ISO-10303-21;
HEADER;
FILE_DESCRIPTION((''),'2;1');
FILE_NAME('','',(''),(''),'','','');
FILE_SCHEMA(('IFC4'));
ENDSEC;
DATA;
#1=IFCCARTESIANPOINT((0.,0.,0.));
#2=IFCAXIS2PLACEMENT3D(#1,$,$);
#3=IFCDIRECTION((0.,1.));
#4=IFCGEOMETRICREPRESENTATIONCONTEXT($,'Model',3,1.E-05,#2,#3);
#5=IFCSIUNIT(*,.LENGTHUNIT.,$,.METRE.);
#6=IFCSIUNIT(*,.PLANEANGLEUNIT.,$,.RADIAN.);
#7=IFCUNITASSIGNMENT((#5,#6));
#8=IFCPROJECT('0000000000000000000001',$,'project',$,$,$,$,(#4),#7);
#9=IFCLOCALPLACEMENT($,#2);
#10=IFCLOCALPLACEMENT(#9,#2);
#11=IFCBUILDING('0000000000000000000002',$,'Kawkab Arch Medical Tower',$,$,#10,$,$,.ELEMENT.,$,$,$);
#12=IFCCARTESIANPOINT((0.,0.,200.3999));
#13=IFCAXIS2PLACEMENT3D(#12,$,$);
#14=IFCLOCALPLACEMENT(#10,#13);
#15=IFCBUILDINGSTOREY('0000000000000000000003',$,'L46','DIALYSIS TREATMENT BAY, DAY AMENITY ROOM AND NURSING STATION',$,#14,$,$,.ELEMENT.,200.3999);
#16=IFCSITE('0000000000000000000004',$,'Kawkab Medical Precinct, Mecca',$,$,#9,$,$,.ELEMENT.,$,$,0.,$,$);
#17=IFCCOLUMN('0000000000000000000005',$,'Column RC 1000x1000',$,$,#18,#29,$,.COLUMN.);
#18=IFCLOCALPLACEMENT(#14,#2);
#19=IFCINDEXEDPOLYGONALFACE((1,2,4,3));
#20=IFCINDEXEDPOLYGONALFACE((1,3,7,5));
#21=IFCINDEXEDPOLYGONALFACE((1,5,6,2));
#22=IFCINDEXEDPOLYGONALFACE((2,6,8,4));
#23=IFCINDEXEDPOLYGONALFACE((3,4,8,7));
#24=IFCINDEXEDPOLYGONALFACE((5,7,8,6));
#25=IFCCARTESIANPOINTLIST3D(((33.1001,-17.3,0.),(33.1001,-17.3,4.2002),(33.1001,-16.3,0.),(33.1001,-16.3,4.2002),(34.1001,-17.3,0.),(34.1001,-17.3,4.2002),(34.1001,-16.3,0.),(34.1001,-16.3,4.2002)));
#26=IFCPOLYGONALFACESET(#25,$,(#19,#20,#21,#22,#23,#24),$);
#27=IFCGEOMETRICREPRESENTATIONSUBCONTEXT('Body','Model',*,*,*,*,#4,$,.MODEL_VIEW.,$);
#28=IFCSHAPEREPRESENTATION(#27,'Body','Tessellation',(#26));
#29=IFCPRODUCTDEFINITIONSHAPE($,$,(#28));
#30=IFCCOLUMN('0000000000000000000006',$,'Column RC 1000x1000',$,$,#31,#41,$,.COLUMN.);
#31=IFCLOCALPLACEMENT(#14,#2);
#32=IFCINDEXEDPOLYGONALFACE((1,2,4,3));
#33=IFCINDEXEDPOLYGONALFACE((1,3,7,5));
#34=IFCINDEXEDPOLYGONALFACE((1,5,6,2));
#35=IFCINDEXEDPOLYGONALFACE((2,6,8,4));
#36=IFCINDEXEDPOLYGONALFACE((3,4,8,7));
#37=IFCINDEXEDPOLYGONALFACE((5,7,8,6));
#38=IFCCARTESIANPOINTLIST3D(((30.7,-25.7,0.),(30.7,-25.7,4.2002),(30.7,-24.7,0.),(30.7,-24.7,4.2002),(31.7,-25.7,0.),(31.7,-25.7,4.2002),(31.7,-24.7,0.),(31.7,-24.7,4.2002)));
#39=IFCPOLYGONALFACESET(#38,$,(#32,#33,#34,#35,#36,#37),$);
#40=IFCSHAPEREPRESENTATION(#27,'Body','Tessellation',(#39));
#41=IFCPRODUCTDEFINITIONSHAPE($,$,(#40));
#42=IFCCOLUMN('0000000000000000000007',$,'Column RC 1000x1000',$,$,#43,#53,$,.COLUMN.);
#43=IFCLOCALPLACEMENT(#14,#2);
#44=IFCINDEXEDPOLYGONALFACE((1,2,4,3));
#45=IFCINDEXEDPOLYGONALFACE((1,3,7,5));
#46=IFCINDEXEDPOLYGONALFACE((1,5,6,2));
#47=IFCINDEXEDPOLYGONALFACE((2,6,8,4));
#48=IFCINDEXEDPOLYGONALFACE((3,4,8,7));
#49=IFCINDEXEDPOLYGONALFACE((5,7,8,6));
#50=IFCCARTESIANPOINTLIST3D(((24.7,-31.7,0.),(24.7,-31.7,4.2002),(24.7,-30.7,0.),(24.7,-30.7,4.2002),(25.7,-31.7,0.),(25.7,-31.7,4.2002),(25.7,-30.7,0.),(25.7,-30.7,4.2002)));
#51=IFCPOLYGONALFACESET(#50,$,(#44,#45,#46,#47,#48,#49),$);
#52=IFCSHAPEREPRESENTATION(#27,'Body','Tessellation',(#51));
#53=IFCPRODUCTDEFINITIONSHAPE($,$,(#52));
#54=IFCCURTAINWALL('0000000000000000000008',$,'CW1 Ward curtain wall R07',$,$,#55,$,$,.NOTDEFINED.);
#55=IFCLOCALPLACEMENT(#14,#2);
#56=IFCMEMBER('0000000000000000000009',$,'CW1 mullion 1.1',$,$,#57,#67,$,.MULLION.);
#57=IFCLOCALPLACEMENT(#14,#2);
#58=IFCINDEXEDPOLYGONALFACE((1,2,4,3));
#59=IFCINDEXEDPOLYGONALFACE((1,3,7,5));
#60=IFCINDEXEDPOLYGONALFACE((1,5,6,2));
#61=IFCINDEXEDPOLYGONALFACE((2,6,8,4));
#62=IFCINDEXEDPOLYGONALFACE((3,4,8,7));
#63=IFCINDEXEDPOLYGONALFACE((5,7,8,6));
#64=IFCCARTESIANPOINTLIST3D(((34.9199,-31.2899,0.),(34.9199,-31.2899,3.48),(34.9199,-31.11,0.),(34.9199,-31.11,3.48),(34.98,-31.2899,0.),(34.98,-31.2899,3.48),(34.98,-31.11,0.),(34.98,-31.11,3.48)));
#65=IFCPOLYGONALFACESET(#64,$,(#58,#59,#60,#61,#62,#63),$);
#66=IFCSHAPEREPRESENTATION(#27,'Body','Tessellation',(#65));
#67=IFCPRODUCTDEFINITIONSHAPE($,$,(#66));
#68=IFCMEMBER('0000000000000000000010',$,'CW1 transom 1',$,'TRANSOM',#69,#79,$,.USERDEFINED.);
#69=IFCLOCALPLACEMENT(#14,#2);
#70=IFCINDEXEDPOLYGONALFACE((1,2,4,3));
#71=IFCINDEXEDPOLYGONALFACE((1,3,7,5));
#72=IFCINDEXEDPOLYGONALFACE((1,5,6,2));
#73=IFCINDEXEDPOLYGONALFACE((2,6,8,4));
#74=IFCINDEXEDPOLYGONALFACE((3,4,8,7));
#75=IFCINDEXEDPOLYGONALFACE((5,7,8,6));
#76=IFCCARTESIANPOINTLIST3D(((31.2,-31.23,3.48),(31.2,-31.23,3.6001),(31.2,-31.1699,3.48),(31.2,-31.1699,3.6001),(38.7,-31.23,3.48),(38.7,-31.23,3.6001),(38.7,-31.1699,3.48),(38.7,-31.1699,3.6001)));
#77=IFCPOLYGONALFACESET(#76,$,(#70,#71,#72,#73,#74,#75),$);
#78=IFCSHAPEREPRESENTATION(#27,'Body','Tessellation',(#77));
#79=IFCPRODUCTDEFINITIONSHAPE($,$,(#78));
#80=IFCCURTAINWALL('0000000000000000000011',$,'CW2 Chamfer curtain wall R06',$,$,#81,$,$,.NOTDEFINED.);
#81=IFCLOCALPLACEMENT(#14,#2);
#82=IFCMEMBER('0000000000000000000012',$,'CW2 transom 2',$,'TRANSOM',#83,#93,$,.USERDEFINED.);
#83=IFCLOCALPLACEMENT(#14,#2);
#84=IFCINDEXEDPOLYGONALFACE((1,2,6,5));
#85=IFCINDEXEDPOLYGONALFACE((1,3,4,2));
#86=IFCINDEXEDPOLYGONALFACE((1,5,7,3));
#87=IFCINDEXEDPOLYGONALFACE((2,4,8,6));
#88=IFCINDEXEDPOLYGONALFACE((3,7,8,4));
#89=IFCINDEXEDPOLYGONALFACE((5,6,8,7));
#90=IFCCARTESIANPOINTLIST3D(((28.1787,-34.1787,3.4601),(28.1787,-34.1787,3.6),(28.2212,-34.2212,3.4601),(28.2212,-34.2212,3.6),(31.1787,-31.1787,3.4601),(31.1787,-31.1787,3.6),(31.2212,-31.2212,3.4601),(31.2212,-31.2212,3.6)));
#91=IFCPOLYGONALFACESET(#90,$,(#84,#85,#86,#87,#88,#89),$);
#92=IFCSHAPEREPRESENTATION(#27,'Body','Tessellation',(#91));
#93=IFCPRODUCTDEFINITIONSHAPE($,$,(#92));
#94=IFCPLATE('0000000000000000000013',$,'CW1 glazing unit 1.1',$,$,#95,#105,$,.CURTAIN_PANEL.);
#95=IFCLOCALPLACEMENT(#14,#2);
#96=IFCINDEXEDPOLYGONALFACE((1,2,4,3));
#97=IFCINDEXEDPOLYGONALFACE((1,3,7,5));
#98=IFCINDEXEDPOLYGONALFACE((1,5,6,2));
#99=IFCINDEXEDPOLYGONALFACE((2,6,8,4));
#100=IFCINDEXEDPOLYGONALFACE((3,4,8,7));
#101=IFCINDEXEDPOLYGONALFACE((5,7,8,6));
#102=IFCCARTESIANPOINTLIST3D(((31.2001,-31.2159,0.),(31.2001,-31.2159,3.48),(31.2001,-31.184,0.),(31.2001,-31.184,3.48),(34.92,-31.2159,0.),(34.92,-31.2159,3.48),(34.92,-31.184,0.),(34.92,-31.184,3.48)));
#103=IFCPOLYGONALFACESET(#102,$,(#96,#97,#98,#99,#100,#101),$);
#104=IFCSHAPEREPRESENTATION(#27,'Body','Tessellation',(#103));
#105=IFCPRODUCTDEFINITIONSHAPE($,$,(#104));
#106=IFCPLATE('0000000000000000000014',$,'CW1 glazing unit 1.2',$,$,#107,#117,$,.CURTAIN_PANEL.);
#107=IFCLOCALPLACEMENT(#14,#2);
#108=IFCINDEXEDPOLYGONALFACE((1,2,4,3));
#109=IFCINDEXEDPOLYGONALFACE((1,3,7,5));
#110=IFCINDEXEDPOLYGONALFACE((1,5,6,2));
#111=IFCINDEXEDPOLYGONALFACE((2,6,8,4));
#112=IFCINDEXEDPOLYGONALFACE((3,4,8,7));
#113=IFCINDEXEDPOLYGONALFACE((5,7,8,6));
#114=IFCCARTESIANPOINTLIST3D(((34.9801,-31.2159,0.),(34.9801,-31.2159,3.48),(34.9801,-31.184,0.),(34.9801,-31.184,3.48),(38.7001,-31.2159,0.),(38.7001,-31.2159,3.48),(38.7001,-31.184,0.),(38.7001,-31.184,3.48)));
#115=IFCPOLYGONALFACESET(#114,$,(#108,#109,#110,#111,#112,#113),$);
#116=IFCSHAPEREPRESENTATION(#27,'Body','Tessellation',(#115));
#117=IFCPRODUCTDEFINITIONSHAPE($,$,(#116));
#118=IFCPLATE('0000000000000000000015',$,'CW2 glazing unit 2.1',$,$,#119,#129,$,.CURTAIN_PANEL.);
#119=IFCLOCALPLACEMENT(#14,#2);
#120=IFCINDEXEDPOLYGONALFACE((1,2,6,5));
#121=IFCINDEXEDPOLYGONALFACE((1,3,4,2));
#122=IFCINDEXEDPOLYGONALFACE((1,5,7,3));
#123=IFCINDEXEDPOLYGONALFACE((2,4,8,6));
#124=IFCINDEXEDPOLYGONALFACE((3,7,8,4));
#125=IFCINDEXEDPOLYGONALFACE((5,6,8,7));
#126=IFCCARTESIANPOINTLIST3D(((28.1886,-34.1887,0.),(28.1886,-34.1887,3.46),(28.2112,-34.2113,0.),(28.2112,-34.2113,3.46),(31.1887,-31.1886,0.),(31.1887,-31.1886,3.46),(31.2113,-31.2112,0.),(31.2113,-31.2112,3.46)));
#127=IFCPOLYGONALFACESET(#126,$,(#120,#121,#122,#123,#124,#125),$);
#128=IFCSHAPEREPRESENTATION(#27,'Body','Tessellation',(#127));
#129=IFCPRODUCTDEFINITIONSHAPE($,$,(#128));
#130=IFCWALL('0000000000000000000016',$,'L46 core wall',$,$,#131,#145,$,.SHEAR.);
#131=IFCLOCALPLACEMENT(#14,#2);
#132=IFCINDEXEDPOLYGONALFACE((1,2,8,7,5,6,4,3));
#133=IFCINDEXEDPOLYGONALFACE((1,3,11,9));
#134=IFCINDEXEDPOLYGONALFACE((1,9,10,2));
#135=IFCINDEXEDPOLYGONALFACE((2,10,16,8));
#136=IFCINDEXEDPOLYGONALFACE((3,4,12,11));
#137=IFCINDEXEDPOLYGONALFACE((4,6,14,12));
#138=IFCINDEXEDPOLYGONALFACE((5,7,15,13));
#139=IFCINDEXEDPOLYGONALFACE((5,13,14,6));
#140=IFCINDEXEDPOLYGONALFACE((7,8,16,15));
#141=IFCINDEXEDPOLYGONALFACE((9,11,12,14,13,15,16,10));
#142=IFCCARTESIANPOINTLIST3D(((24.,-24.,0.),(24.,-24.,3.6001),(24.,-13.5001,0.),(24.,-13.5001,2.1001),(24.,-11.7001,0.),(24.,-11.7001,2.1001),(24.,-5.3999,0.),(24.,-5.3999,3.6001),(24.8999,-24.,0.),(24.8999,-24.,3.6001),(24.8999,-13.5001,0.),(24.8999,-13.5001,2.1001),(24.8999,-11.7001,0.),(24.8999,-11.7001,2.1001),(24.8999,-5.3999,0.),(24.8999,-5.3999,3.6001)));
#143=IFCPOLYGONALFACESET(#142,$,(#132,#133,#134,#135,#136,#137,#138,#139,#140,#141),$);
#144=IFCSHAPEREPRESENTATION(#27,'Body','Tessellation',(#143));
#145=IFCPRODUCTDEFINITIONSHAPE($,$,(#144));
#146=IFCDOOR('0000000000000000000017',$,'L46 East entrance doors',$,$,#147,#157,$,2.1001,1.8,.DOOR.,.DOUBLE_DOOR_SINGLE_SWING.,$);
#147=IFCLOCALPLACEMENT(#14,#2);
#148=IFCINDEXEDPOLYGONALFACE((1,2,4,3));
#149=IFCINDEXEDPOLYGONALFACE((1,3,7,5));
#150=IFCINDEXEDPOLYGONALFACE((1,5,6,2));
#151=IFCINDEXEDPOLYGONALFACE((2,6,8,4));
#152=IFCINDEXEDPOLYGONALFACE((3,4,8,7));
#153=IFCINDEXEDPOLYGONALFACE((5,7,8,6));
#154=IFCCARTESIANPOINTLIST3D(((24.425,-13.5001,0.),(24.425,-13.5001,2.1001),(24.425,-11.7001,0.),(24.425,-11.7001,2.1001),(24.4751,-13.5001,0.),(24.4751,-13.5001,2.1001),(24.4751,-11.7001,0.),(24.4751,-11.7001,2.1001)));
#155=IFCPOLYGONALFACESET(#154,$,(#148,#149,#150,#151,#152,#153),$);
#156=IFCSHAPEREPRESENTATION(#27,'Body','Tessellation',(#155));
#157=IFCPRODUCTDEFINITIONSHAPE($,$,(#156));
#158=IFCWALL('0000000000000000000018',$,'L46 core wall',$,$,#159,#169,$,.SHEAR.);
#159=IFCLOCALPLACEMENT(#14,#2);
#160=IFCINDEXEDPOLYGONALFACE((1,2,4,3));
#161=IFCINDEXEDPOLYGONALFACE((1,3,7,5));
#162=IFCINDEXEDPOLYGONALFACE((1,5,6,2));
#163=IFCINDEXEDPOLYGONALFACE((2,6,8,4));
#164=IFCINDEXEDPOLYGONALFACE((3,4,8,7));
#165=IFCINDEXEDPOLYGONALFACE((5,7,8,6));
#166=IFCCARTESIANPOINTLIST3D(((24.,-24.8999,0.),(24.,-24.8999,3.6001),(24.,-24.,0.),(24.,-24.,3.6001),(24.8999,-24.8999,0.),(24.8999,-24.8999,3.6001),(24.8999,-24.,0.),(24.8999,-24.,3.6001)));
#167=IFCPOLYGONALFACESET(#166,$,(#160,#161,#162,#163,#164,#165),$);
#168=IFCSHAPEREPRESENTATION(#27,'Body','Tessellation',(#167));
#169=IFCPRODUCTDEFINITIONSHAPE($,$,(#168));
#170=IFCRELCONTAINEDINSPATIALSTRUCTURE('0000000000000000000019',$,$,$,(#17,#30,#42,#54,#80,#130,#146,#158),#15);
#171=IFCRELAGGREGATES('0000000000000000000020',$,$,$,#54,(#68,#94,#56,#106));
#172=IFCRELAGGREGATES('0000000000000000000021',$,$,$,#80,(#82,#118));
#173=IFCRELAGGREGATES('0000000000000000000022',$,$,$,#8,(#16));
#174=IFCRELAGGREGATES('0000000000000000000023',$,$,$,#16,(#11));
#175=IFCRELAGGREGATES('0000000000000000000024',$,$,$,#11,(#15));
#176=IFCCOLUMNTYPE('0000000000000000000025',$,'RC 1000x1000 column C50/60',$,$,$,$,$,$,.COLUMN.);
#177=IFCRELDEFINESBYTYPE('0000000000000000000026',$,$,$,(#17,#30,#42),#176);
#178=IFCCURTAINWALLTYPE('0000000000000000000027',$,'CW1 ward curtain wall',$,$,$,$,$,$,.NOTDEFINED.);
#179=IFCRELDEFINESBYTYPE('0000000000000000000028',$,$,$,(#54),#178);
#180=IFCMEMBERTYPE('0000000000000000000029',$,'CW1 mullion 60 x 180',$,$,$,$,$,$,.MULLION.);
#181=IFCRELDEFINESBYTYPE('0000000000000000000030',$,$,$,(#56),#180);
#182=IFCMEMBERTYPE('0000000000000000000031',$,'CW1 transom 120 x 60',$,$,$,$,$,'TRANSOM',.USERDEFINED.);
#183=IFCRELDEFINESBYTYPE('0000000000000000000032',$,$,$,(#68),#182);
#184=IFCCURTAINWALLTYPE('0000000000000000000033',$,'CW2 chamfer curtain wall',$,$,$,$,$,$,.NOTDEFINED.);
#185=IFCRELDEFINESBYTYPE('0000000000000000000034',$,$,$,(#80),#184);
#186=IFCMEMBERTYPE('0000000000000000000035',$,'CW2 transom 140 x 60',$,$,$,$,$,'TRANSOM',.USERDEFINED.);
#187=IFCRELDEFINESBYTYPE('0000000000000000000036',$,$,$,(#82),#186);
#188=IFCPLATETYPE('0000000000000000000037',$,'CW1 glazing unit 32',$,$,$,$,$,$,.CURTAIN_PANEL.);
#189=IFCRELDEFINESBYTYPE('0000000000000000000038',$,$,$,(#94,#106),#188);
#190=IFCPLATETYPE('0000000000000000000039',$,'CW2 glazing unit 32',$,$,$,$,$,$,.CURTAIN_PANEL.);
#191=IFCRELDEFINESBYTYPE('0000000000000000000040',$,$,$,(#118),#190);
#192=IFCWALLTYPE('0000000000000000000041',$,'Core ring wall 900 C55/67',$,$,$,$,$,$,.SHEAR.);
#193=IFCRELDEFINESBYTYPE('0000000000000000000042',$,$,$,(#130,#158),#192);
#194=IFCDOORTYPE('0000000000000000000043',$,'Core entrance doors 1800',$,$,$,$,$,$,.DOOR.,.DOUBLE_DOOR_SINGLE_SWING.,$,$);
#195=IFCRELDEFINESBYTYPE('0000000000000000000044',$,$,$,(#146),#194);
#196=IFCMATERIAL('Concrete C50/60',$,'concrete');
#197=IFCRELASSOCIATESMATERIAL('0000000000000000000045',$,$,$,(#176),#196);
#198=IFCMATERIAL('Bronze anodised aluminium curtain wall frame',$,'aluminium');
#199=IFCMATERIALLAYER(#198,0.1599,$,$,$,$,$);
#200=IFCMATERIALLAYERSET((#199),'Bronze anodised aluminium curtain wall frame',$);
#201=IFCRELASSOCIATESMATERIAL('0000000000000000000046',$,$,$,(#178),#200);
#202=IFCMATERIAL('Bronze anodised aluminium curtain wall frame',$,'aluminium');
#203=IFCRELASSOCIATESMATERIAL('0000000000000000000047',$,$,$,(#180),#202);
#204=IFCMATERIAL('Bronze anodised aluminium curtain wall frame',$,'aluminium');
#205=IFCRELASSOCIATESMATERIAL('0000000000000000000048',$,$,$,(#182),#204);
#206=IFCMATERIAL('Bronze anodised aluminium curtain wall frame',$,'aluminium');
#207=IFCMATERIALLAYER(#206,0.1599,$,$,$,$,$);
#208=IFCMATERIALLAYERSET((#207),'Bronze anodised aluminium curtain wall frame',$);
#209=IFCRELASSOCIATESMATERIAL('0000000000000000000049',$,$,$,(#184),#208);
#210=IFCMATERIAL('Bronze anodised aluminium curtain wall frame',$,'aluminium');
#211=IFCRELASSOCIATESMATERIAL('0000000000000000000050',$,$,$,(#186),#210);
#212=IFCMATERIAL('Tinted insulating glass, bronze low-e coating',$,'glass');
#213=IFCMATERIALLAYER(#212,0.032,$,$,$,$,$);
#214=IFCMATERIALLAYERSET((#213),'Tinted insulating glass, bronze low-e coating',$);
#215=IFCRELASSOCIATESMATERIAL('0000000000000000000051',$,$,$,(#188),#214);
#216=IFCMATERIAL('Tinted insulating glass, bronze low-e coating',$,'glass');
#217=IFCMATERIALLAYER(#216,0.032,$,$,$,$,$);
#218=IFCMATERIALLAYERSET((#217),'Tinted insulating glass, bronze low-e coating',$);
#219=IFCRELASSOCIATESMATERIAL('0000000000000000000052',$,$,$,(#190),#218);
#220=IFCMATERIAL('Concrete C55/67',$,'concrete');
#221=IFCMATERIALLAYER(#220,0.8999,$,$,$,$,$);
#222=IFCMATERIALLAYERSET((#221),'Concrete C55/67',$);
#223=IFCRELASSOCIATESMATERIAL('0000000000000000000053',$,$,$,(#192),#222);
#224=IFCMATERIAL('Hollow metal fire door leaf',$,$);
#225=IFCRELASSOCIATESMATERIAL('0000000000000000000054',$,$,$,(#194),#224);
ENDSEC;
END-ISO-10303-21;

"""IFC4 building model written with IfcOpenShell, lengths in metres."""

from ifc_helpers import new_model, si_unit, direction, frame, frame_2d, origin, origin_2d, place, context, subcontext, project, spatial, rectangle, extrude, material, layer, layer_set, material_profile, profile_set, type_object, element, fill, aggregate, save


model = new_model("IFC4")

# Units and contexts
model_context = context("Model", 3, precision=1e-05, world=origin(), true_north=direction((0.0, 1.0)))
body_context = subcontext(model_context, "Body", "Model", "MODEL_VIEW")
ifc_project = project(units=[si_unit("LENGTHUNIT", "METRE"), si_unit("PLANEANGLEUNIT", "RADIAN")], contexts=[model_context])

# Site, building, storey
site_placement = place(None, origin())
site = spatial("IfcSite", under=ifc_project, at=site_placement, Name="Kawkab Medical Precinct, Mecca", CompositionType="ELEMENT", RefElevation=0.0)
building_placement = place(site_placement, origin())
building = spatial("IfcBuilding", under=site, at=building_placement, Name="Kawkab Arch Medical Tower", CompositionType="ELEMENT")
storey_placement = place(building_placement, frame((0.0, 0.0, 200.3999)))
storey = spatial("IfcBuildingStorey", under=building, at=storey_placement, Name="L46", Description="DIALYSIS TREATMENT BAY, DAY AMENITY ROOM AND NURSING STATION", CompositionType="ELEMENT", Elevation=200.3999)

# Columns
ifc_material_1 = material(Name="Concrete C50/60", Category="concrete")
ifc_material_profile_1 = material_profile(ifc_material_1, rectangle(XDim=1.0, YDim=1.0, at=origin_2d()), Name="RC 1000x1000")
ifc_profile_set_1 = profile_set([ifc_material_profile_1], Name="Concrete C50/60")
column_type = type_object("IfcColumnType", Name="RC 1000x1000 column C50/60", PredefinedType="COLUMN", material=ifc_profile_set_1)
for number, where, z_axis, x_axis, name in (
    (1, (33.6001, -16.8, 0.0), (0.0, 0.0, 1.0), (1.0, 0.0, 0.0), "Column RC 1000x1000"),
    (2, (31.2, -25.2, 0.0), (0.0, 0.0, 1.0), (1.0, 0.0, 0.0), "Column RC 1000x1000"),
    (3, (25.2, -31.2, 0.0), (0.0, 0.0, 1.0), (1.0, 0.0, 0.0), "Column RC 1000x1000"),
):
    element("IfcColumn", number, at=place(storey_placement, frame(where, z_axis=z_axis, x_axis=x_axis)), inside=storey, type_object=column_type, Name=name, PredefinedType="COLUMN", context=body_context, shape_type="SweptSolid", body=[
        extrude(rectangle(XDim=1.0, YDim=1.0, at=origin_2d()), origin(), (0.0, 0.0, 1.0), 4.2002),
    ])

# Curtain wall, members
ifc_material_2 = material(Name="Bronze anodised aluminium curtain wall frame", Category="aluminium")
ifc_layer_1 = layer(ifc_material_2, 0.1599)
ifc_layer_set_1 = layer_set([ifc_layer_1], Name="Bronze anodised aluminium curtain wall frame")
curtain_wall_type_1 = type_object("IfcCurtainWallType", Name="CW1 ward curtain wall", PredefinedType="NOTDEFINED", material=ifc_layer_set_1)
placement = place(storey_placement, origin())
curtain_wall_1 = element("IfcCurtainWall", 4, at=placement, inside=storey, type_object=curtain_wall_type_1, Name="CW1 Ward curtain wall R07", PredefinedType="NOTDEFINED")
ifc_material_3 = material(Name="Bronze anodised aluminium curtain wall frame", Category="aluminium")
ifc_material_profile_2 = material_profile(ifc_material_3, rectangle(XDim=0.1799, YDim=0.0601, at=origin_2d()), Name="AL 60x180")
ifc_profile_set_2 = profile_set([ifc_material_profile_2], Name="Bronze anodised aluminium curtain wall frame")
member_type_1 = type_object("IfcMemberType", Name="CW1 mullion 60 x 180", PredefinedType="MULLION", material=ifc_profile_set_2)
member_1_placement = place(storey_placement, frame((34.95, -31.2, 0.0), z_axis=(0.0, 0.0, 1.0), x_axis=(0.0, 1.0, 0.0)))
member_1 = element("IfcMember", 5, at=member_1_placement, type_object=member_type_1, Name="CW1 mullion 1.1", PredefinedType="MULLION", context=body_context, shape_type="SweptSolid", body=[
    extrude(rectangle(XDim=0.1799, YDim=0.0601, at=origin_2d()), origin(), (0.0, 0.0, 1.0), 3.48),
])
ifc_material_4 = material(Name="Bronze anodised aluminium curtain wall frame", Category="aluminium")
ifc_material_profile_3 = material_profile(ifc_material_4, rectangle(XDim=0.0601, YDim=0.1201, at=origin_2d()), Name="AL 60x120")
ifc_profile_set_3 = profile_set([ifc_material_profile_3], Name="Bronze anodised aluminium curtain wall frame")
member_type_2 = type_object("IfcMemberType", Name="CW1 transom 120 x 60", ElementType="TRANSOM", PredefinedType="USERDEFINED", material=ifc_profile_set_3)
member_2_placement = place(storey_placement, frame((31.2, -31.2, 3.54), z_axis=(1.0, 0.0, 0.0), x_axis=(0.0, 1.0, 0.0)))
member_2 = element("IfcMember", 6, at=member_2_placement, type_object=member_type_2, Name="CW1 transom 1", ObjectType="TRANSOM", PredefinedType="USERDEFINED", context=body_context, shape_type="SweptSolid", body=[
    extrude(rectangle(XDim=0.0601, YDim=0.1201, at=origin_2d()), origin(), (0.0, 0.0, 1.0), 7.5),
])

# Curtain wall, member
ifc_material_5 = material(Name="Bronze anodised aluminium curtain wall frame", Category="aluminium")
ifc_layer_2 = layer(ifc_material_5, 0.1599)
ifc_layer_set_2 = layer_set([ifc_layer_2], Name="Bronze anodised aluminium curtain wall frame")
curtain_wall_type_2 = type_object("IfcCurtainWallType", Name="CW2 chamfer curtain wall", PredefinedType="NOTDEFINED", material=ifc_layer_set_2)
curtain_wall_2 = element("IfcCurtainWall", 7, at=placement, inside=storey, type_object=curtain_wall_type_2, Name="CW2 Chamfer curtain wall R06", PredefinedType="NOTDEFINED")
ifc_material_6 = material(Name="Bronze anodised aluminium curtain wall frame", Category="aluminium")
ifc_material_profile_4 = material_profile(ifc_material_6, rectangle(XDim=0.0601, YDim=0.1399, at=origin_2d()), Name="AL 60x140")
ifc_profile_set_4 = profile_set([ifc_material_profile_4], Name="Bronze anodised aluminium curtain wall frame")
member_type_3 = type_object("IfcMemberType", Name="CW2 transom 140 x 60", ElementType="TRANSOM", PredefinedType="USERDEFINED", material=ifc_profile_set_4)
member_3_placement = place(storey_placement, frame((28.2, -34.2, 3.53), z_axis=(0.707107, 0.707107, 0.0), x_axis=(-0.707107, 0.707107, 0.0)))
member_3 = element("IfcMember", 8, at=member_3_placement, type_object=member_type_3, Name="CW2 transom 2", ObjectType="TRANSOM", PredefinedType="USERDEFINED", context=body_context, shape_type="SweptSolid", body=[
    extrude(rectangle(XDim=0.0601, YDim=0.1399, at=origin_2d()), origin(), (0.0, 0.0, 1.0), 4.2427),
])

# Plates
ifc_material_7 = material(Name="Tinted insulating glass, bronze low-e coating", Category="glass")
ifc_layer_3 = layer(ifc_material_7, 0.032)
ifc_layer_set_3 = layer_set([ifc_layer_3], Name="Tinted insulating glass, bronze low-e coating")
plate_type_1 = type_object("IfcPlateType", Name="CW1 glazing unit 32", PredefinedType="CURTAIN_PANEL", material=ifc_layer_set_3)
plate_1_placement = place(storey_placement, frame((33.0601, -31.2, 0.0), z_axis=(0.0, 0.0, 1.0), x_axis=(1.0, 0.0, 0.0)))
plate_1 = element("IfcPlate", 9, at=plate_1_placement, type_object=plate_type_1, Name="CW1 glazing unit 1.1", PredefinedType="CURTAIN_PANEL", context=body_context, shape_type="SweptSolid", body=[
    extrude(rectangle(XDim=3.72, YDim=0.032, at=origin_2d()), origin(), (0.0, 0.0, 1.0), 3.48),
])
plate_2_placement = place(storey_placement, frame((36.8401, -31.2, 0.0), z_axis=(0.0, 0.0, 1.0), x_axis=(1.0, 0.0, 0.0)))
plate_2 = element("IfcPlate", 10, at=plate_2_placement, type_object=plate_type_1, Name="CW1 glazing unit 1.2", PredefinedType="CURTAIN_PANEL", context=body_context, shape_type="SweptSolid", body=[
    extrude(rectangle(XDim=3.72, YDim=0.032, at=origin_2d()), origin(), (0.0, 0.0, 1.0), 3.48),
])
aggregate(curtain_wall_1, [member_2, plate_1, member_1, plate_2])
ifc_material_8 = material(Name="Tinted insulating glass, bronze low-e coating", Category="glass")
ifc_layer_4 = layer(ifc_material_8, 0.032)
ifc_layer_set_4 = layer_set([ifc_layer_4], Name="Tinted insulating glass, bronze low-e coating")
plate_type_2 = type_object("IfcPlateType", Name="CW2 glazing unit 32", PredefinedType="CURTAIN_PANEL", material=ifc_layer_set_4)
plate_3_placement = place(storey_placement, frame((29.7, -32.7, 0.0), z_axis=(0.0, 0.0, 1.0), x_axis=(0.707107, 0.707107, 0.0)))
plate_3 = element("IfcPlate", 11, at=plate_3_placement, type_object=plate_type_2, Name="CW2 glazing unit 2.1", PredefinedType="CURTAIN_PANEL", context=body_context, shape_type="SweptSolid", body=[
    extrude(rectangle(XDim=4.2427, YDim=0.032, at=origin_2d()), origin(), (0.0, 0.0, 1.0), 3.46),
])
aggregate(curtain_wall_2, [member_3, plate_3])

# Wall, opening, door
ifc_material_9 = material(Name="Concrete C55/67", Category="concrete")
ifc_layer_5 = layer(ifc_material_9, 0.8999)
ifc_layer_set_5 = layer_set([ifc_layer_5], Name="Concrete C55/67")
wall_type_1 = type_object("IfcWallType", Name="Core ring wall 900 C55/67", PredefinedType="SHEAR", material=ifc_layer_set_5)
wall_1_placement = place(storey_placement, frame((24.45, -24.0, 0.0), z_axis=(0.0, 0.0, 1.0), x_axis=(0.0, 1.0, 0.0)))
wall_1 = element("IfcWall", 12, at=wall_1_placement, inside=storey, type_object=wall_type_1, Name="L46 core wall", PredefinedType="SHEAR", context=body_context, shape_type="SweptSolid", body=[
    extrude(rectangle(XDim=18.6001, YDim=0.8999, at=frame_2d((9.3, 0.0))), origin(), (0.0, 0.0, 1.0), 3.6001),
])
opening_1_placement = place(wall_1_placement, frame((10.5, 0.0, 0.0)))
opening_1 = element("IfcOpeningElement", 13, at=opening_1_placement, cuts=wall_1, PredefinedType="OPENING", context=body_context, shape_type="SweptSolid", body=[
    extrude(rectangle(XDim=1.8, YDim=2.1001, at=frame_2d((0.8999, 1.05))), frame((0.0, 0.46, 0.0), z_axis=(0.0, -1.0, 0.0), x_axis=(1.0, 0.0, 0.0)), (0.0, 0.0, 1.0), 0.9199),
])
ifc_material_10 = material(Name="Hollow metal fire door leaf")
door_type_1 = type_object("IfcDoorType", Name="Core entrance doors 1800", OperationType="DOUBLE_DOOR_SINGLE_SWING", PredefinedType="DOOR", material=ifc_material_10)
door_1_placement = place(opening_1_placement, origin())
door_1 = element("IfcDoor", 14, at=door_1_placement, inside=storey, type_object=door_type_1, Name="L46 East entrance doors", OperationType="DOUBLE_DOOR_SINGLE_SWING", OverallHeight=2.1001, OverallWidth=1.8, PredefinedType="DOOR", context=body_context, shape_type="SweptSolid", body=[
    extrude(rectangle(XDim=1.8, YDim=2.1001, at=frame_2d((0.8999, 1.05))), frame((0.0, 0.0249, 0.0), z_axis=(0.0, -1.0, 0.0), x_axis=(1.0, 0.0, 0.0)), (0.0, 0.0, 1.0), 0.05),
])
fill(opening_1, door_1)

# Wall
wall_2_placement = place(storey_placement, frame((24.45, -24.8999, 0.0), z_axis=(0.0, 0.0, 1.0), x_axis=(0.0, 1.0, 0.0)))
element("IfcWall", 15, at=wall_2_placement, inside=storey, type_object=wall_type_1, Name="L46 core wall", PredefinedType="SHEAR", context=body_context, shape_type="SweptSolid", body=[
    extrude(rectangle(XDim=0.8999, YDim=0.8999, at=frame_2d((0.45, 0.0))), origin(), (0.0, 0.0, 1.0), 3.6001),
])

save(model, "model.ifc")
